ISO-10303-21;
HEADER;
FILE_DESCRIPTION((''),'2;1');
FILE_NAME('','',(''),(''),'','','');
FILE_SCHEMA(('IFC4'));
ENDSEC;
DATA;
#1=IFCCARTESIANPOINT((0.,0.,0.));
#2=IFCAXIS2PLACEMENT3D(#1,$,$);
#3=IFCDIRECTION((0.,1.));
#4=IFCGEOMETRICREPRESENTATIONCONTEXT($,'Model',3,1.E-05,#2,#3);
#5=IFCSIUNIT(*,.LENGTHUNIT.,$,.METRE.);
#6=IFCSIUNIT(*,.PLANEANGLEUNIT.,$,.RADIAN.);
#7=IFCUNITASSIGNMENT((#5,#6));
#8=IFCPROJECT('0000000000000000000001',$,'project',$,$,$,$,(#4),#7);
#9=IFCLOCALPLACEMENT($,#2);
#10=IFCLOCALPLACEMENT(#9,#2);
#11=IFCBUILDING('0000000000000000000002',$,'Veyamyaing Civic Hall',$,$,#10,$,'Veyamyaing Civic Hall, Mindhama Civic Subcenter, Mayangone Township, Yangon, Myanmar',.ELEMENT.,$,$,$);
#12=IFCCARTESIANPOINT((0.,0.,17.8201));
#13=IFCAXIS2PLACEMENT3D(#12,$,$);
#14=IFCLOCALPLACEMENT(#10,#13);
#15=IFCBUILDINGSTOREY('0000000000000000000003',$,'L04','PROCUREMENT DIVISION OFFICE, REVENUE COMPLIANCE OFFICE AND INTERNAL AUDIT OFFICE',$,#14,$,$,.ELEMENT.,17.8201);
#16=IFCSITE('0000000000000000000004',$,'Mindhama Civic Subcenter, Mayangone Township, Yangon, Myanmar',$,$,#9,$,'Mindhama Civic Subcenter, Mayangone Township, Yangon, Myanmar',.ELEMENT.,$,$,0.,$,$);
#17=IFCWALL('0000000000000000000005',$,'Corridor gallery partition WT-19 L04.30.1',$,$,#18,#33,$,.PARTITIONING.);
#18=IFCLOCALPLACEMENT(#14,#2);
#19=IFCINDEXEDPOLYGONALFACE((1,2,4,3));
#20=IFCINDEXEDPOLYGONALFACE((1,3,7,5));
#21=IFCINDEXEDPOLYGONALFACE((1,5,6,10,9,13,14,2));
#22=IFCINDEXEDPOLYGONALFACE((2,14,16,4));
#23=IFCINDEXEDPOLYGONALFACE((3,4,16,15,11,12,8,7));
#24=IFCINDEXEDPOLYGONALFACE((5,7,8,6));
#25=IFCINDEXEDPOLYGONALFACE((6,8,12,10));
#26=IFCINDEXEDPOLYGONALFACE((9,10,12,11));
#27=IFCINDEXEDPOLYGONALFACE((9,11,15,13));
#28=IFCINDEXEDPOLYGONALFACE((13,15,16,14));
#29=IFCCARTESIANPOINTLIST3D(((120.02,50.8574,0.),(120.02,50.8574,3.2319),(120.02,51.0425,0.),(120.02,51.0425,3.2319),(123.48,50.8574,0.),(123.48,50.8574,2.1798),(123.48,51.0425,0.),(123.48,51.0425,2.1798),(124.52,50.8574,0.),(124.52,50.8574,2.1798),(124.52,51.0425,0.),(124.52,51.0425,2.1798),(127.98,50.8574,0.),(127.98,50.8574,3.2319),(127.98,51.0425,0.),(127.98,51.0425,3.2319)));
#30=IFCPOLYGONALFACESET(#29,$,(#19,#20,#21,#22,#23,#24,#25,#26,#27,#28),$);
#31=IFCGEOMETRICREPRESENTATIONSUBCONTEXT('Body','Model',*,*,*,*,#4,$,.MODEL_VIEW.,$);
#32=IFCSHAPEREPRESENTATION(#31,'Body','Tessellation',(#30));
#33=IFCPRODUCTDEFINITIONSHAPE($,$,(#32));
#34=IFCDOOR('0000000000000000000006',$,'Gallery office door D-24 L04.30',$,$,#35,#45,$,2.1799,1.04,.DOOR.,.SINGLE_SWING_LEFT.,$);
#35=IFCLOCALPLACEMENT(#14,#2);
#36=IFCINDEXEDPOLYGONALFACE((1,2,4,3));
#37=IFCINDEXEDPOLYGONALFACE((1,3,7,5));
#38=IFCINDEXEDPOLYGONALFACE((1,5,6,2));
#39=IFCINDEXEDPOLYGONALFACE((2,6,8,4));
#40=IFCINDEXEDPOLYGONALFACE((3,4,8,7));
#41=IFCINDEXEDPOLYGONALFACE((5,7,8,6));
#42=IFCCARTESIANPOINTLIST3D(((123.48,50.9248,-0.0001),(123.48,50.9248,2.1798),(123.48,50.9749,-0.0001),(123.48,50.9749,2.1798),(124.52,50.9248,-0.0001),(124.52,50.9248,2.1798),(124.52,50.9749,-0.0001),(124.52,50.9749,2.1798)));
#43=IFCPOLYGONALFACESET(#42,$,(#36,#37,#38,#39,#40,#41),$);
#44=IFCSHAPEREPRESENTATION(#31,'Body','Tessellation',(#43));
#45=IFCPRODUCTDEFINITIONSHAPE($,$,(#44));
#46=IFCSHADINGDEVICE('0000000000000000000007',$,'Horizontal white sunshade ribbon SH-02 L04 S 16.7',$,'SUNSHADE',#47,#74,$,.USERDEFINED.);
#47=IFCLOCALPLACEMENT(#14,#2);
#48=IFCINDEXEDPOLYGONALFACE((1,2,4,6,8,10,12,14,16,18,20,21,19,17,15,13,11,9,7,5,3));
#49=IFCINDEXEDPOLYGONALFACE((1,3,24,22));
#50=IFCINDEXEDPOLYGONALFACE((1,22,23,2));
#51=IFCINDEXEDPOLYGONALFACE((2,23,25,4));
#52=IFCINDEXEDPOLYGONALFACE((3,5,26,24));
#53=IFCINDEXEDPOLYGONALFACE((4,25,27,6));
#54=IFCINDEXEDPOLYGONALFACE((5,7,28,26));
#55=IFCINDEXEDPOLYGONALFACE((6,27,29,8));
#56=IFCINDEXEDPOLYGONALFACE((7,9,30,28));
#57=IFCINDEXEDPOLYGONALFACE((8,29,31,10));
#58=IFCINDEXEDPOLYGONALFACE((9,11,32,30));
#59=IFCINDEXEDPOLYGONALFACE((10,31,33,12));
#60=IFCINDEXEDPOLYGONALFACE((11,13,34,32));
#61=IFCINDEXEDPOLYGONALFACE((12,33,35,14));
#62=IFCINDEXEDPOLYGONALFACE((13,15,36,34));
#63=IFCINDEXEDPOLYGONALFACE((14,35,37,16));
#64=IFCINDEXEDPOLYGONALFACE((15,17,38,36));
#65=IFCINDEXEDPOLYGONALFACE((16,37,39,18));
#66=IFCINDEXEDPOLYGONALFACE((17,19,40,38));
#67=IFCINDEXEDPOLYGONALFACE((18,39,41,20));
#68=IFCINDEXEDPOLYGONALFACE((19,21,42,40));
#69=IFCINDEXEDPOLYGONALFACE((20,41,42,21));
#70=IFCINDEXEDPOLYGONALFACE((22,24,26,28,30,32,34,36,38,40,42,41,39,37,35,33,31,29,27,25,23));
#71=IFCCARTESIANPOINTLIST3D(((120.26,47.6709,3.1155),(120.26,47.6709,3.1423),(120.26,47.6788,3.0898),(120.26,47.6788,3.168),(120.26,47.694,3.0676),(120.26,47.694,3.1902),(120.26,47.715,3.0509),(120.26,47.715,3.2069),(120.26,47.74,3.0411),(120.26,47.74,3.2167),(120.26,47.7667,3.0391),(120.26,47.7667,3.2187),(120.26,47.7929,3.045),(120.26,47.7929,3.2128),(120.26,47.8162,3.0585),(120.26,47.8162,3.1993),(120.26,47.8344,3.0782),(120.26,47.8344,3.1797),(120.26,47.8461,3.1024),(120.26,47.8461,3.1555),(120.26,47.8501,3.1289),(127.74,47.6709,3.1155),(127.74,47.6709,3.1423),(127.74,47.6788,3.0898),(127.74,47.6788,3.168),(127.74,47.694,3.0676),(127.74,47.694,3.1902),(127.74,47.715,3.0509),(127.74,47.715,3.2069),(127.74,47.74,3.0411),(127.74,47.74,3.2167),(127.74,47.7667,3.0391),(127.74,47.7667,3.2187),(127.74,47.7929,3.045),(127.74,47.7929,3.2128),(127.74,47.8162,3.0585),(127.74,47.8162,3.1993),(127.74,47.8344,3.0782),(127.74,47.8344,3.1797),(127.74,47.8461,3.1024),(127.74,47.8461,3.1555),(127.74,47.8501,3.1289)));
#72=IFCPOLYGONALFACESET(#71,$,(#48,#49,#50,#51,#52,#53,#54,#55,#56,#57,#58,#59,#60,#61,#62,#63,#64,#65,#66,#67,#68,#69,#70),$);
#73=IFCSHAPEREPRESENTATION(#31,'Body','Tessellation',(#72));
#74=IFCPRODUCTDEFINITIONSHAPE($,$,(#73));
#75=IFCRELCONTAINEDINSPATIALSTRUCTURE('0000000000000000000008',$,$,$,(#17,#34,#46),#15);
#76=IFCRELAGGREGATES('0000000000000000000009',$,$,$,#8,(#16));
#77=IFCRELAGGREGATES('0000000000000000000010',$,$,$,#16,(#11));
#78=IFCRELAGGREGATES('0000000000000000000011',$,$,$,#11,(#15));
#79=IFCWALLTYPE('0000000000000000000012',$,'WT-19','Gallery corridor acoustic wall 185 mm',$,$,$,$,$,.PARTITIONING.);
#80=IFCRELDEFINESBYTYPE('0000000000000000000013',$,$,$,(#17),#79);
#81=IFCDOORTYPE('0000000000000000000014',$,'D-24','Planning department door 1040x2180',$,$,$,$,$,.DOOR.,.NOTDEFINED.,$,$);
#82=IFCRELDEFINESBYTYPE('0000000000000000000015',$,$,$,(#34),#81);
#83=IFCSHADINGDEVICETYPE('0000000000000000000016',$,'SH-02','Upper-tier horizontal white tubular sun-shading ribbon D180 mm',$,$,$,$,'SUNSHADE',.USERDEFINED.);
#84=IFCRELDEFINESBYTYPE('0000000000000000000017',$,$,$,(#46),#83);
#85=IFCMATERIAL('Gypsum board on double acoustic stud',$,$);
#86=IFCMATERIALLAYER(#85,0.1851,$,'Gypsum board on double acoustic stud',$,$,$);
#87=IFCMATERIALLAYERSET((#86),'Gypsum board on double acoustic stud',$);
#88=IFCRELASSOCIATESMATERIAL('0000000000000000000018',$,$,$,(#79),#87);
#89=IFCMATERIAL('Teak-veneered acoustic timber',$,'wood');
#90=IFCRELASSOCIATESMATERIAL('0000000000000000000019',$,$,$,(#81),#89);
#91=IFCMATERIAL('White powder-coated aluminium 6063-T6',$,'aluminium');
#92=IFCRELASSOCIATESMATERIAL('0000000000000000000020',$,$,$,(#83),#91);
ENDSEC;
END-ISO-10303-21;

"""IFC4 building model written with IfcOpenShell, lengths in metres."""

from ifc_helpers import new_model, si_unit, direction, frame, frame_2d, origin, origin_2d, place, context, subcontext, project, spatial, rectangle, circle, extrude, material, layer, layer_set, material_profile, profile_set, type_object, element, fill, save


model = new_model("IFC4")

# Units and contexts
model_context = context("Model", 3, precision=1e-05, world=origin(), true_north=direction((0.0, 1.0)))
body_context = subcontext(model_context, "Body", "Model", "MODEL_VIEW")
ifc_project = project(units=[si_unit("LENGTHUNIT", "METRE"), si_unit("PLANEANGLEUNIT", "RADIAN")], contexts=[model_context])

# Site, building, storey
site_placement = place(None, origin())
site = spatial("IfcSite", under=ifc_project, at=site_placement, Name="Mindhama Civic Subcenter, Mayangone Township, Yangon, Myanmar", LongName="Mindhama Civic Subcenter, Mayangone Township, Yangon, Myanmar", CompositionType="ELEMENT", RefElevation=0.0)
building_placement = place(site_placement, origin())
building = spatial("IfcBuilding", under=site, at=building_placement, Name="Veyamyaing Civic Hall", LongName="Veyamyaing Civic Hall, Mindhama Civic Subcenter, Mayangone Township, Yangon, Myanmar", CompositionType="ELEMENT")
storey_placement = place(building_placement, frame((0.0, 0.0, 17.8201)))
storey = spatial("IfcBuildingStorey", under=building, at=storey_placement, Name="L04", Description="PROCUREMENT DIVISION OFFICE, REVENUE COMPLIANCE OFFICE AND INTERNAL AUDIT OFFICE", CompositionType="ELEMENT", Elevation=17.8201)

# Wall, opening, door
ifc_material_1 = material(Name="Gypsum board on double acoustic stud")
ifc_layer_1 = layer(ifc_material_1, 0.1851, Name="Gypsum board on double acoustic stud")
ifc_layer_set_1 = layer_set([ifc_layer_1], Name="Gypsum board on double acoustic stud")
wall_type_1 = type_object("IfcWallType", Name="WT-19", Description="Gallery corridor acoustic wall 185 mm", PredefinedType="PARTITIONING", material=ifc_layer_set_1)
wall_1_placement = place(storey_placement, frame((120.02, 50.95, 0.0), z_axis=(0.0, 0.0, 1.0), x_axis=(1.0, 0.0, 0.0)))
wall_1 = element("IfcWall", 1, at=wall_1_placement, inside=storey, type_object=wall_type_1, Name="Corridor gallery partition WT-19 L04.30.1", PredefinedType="PARTITIONING", context=body_context, shape_type="SweptSolid", body=[
    extrude(rectangle(XDim=7.96, YDim=0.1851, at=frame_2d((3.98, 0.0))), origin(), (0.0, 0.0, 1.0), 3.2319),
])
opening_placement = place(wall_1_placement, frame((3.46, 0.0, 0.0)))
opening = element("IfcOpeningElement", 2, at=opening_placement, cuts=wall_1, PredefinedType="OPENING", context=body_context, shape_type="SweptSolid", body=[
    extrude(rectangle(XDim=1.04, YDim=2.1799, at=frame_2d((0.52, 1.0898))), frame((0.0, 0.1025, 0.0), z_axis=(0.0, -1.0, 0.0), x_axis=(1.0, 0.0, 0.0)), (0.0, 0.0, 1.0), 0.2051),
])
ifc_material_2 = material(Name="Teak-veneered acoustic timber", Category="wood")
door_type = type_object("IfcDoorType", Name="D-24", Description="Planning department door 1040x2180", OperationType="NOTDEFINED", PredefinedType="DOOR", material=ifc_material_2)
door_placement = place(opening_placement, origin())
door = element("IfcDoor", 3, at=door_placement, inside=storey, type_object=door_type, Name="Gallery office door D-24 L04.30", OperationType="SINGLE_SWING_LEFT", OverallHeight=2.1799, OverallWidth=1.04, PredefinedType="DOOR", context=body_context, shape_type="SweptSolid", body=[
    extrude(rectangle(XDim=1.04, YDim=2.1799, at=frame_2d((0.52, 1.0898))), frame((0.0, 0.0249, 0.0), z_axis=(0.0, -1.0, 0.0), x_axis=(1.0, 0.0, 0.0)), (0.0, 0.0, 1.0), 0.05),
])
fill(opening, door)

# Shading device
ifc_material_3 = material(Name="White powder-coated aluminium 6063-T6", Category="aluminium")
ifc_material_profile_1 = material_profile(ifc_material_3, circle(Radius=0.0901, at=origin_2d()), Name="SHADE-TUBE-180")
ifc_profile_set_1 = profile_set([ifc_material_profile_1], Name="White powder-coated aluminium 6063-T6")
shading_device_type = type_object("IfcShadingDeviceType", Name="SH-02", Description="Upper-tier horizontal white tubular sun-shading ribbon D180 mm", ElementType="SUNSHADE", PredefinedType="USERDEFINED", material=ifc_profile_set_1)
shading_device_placement = place(storey_placement, frame((120.26, 47.76, 3.1289), z_axis=(1.0, 0.0, 0.0), x_axis=(0.0, 1.0, 0.0)))
element("IfcShadingDevice", 4, at=shading_device_placement, inside=storey, type_object=shading_device_type, Name="Horizontal white sunshade ribbon SH-02 L04 S 16.7", ObjectType="SUNSHADE", PredefinedType="USERDEFINED", context=body_context, shape_type="SweptSolid", body=[
    extrude(circle(Radius=0.0901, at=origin_2d()), origin(), (0.0, 0.0, 1.0), 7.48),
])

save(model, "model.ifc")
